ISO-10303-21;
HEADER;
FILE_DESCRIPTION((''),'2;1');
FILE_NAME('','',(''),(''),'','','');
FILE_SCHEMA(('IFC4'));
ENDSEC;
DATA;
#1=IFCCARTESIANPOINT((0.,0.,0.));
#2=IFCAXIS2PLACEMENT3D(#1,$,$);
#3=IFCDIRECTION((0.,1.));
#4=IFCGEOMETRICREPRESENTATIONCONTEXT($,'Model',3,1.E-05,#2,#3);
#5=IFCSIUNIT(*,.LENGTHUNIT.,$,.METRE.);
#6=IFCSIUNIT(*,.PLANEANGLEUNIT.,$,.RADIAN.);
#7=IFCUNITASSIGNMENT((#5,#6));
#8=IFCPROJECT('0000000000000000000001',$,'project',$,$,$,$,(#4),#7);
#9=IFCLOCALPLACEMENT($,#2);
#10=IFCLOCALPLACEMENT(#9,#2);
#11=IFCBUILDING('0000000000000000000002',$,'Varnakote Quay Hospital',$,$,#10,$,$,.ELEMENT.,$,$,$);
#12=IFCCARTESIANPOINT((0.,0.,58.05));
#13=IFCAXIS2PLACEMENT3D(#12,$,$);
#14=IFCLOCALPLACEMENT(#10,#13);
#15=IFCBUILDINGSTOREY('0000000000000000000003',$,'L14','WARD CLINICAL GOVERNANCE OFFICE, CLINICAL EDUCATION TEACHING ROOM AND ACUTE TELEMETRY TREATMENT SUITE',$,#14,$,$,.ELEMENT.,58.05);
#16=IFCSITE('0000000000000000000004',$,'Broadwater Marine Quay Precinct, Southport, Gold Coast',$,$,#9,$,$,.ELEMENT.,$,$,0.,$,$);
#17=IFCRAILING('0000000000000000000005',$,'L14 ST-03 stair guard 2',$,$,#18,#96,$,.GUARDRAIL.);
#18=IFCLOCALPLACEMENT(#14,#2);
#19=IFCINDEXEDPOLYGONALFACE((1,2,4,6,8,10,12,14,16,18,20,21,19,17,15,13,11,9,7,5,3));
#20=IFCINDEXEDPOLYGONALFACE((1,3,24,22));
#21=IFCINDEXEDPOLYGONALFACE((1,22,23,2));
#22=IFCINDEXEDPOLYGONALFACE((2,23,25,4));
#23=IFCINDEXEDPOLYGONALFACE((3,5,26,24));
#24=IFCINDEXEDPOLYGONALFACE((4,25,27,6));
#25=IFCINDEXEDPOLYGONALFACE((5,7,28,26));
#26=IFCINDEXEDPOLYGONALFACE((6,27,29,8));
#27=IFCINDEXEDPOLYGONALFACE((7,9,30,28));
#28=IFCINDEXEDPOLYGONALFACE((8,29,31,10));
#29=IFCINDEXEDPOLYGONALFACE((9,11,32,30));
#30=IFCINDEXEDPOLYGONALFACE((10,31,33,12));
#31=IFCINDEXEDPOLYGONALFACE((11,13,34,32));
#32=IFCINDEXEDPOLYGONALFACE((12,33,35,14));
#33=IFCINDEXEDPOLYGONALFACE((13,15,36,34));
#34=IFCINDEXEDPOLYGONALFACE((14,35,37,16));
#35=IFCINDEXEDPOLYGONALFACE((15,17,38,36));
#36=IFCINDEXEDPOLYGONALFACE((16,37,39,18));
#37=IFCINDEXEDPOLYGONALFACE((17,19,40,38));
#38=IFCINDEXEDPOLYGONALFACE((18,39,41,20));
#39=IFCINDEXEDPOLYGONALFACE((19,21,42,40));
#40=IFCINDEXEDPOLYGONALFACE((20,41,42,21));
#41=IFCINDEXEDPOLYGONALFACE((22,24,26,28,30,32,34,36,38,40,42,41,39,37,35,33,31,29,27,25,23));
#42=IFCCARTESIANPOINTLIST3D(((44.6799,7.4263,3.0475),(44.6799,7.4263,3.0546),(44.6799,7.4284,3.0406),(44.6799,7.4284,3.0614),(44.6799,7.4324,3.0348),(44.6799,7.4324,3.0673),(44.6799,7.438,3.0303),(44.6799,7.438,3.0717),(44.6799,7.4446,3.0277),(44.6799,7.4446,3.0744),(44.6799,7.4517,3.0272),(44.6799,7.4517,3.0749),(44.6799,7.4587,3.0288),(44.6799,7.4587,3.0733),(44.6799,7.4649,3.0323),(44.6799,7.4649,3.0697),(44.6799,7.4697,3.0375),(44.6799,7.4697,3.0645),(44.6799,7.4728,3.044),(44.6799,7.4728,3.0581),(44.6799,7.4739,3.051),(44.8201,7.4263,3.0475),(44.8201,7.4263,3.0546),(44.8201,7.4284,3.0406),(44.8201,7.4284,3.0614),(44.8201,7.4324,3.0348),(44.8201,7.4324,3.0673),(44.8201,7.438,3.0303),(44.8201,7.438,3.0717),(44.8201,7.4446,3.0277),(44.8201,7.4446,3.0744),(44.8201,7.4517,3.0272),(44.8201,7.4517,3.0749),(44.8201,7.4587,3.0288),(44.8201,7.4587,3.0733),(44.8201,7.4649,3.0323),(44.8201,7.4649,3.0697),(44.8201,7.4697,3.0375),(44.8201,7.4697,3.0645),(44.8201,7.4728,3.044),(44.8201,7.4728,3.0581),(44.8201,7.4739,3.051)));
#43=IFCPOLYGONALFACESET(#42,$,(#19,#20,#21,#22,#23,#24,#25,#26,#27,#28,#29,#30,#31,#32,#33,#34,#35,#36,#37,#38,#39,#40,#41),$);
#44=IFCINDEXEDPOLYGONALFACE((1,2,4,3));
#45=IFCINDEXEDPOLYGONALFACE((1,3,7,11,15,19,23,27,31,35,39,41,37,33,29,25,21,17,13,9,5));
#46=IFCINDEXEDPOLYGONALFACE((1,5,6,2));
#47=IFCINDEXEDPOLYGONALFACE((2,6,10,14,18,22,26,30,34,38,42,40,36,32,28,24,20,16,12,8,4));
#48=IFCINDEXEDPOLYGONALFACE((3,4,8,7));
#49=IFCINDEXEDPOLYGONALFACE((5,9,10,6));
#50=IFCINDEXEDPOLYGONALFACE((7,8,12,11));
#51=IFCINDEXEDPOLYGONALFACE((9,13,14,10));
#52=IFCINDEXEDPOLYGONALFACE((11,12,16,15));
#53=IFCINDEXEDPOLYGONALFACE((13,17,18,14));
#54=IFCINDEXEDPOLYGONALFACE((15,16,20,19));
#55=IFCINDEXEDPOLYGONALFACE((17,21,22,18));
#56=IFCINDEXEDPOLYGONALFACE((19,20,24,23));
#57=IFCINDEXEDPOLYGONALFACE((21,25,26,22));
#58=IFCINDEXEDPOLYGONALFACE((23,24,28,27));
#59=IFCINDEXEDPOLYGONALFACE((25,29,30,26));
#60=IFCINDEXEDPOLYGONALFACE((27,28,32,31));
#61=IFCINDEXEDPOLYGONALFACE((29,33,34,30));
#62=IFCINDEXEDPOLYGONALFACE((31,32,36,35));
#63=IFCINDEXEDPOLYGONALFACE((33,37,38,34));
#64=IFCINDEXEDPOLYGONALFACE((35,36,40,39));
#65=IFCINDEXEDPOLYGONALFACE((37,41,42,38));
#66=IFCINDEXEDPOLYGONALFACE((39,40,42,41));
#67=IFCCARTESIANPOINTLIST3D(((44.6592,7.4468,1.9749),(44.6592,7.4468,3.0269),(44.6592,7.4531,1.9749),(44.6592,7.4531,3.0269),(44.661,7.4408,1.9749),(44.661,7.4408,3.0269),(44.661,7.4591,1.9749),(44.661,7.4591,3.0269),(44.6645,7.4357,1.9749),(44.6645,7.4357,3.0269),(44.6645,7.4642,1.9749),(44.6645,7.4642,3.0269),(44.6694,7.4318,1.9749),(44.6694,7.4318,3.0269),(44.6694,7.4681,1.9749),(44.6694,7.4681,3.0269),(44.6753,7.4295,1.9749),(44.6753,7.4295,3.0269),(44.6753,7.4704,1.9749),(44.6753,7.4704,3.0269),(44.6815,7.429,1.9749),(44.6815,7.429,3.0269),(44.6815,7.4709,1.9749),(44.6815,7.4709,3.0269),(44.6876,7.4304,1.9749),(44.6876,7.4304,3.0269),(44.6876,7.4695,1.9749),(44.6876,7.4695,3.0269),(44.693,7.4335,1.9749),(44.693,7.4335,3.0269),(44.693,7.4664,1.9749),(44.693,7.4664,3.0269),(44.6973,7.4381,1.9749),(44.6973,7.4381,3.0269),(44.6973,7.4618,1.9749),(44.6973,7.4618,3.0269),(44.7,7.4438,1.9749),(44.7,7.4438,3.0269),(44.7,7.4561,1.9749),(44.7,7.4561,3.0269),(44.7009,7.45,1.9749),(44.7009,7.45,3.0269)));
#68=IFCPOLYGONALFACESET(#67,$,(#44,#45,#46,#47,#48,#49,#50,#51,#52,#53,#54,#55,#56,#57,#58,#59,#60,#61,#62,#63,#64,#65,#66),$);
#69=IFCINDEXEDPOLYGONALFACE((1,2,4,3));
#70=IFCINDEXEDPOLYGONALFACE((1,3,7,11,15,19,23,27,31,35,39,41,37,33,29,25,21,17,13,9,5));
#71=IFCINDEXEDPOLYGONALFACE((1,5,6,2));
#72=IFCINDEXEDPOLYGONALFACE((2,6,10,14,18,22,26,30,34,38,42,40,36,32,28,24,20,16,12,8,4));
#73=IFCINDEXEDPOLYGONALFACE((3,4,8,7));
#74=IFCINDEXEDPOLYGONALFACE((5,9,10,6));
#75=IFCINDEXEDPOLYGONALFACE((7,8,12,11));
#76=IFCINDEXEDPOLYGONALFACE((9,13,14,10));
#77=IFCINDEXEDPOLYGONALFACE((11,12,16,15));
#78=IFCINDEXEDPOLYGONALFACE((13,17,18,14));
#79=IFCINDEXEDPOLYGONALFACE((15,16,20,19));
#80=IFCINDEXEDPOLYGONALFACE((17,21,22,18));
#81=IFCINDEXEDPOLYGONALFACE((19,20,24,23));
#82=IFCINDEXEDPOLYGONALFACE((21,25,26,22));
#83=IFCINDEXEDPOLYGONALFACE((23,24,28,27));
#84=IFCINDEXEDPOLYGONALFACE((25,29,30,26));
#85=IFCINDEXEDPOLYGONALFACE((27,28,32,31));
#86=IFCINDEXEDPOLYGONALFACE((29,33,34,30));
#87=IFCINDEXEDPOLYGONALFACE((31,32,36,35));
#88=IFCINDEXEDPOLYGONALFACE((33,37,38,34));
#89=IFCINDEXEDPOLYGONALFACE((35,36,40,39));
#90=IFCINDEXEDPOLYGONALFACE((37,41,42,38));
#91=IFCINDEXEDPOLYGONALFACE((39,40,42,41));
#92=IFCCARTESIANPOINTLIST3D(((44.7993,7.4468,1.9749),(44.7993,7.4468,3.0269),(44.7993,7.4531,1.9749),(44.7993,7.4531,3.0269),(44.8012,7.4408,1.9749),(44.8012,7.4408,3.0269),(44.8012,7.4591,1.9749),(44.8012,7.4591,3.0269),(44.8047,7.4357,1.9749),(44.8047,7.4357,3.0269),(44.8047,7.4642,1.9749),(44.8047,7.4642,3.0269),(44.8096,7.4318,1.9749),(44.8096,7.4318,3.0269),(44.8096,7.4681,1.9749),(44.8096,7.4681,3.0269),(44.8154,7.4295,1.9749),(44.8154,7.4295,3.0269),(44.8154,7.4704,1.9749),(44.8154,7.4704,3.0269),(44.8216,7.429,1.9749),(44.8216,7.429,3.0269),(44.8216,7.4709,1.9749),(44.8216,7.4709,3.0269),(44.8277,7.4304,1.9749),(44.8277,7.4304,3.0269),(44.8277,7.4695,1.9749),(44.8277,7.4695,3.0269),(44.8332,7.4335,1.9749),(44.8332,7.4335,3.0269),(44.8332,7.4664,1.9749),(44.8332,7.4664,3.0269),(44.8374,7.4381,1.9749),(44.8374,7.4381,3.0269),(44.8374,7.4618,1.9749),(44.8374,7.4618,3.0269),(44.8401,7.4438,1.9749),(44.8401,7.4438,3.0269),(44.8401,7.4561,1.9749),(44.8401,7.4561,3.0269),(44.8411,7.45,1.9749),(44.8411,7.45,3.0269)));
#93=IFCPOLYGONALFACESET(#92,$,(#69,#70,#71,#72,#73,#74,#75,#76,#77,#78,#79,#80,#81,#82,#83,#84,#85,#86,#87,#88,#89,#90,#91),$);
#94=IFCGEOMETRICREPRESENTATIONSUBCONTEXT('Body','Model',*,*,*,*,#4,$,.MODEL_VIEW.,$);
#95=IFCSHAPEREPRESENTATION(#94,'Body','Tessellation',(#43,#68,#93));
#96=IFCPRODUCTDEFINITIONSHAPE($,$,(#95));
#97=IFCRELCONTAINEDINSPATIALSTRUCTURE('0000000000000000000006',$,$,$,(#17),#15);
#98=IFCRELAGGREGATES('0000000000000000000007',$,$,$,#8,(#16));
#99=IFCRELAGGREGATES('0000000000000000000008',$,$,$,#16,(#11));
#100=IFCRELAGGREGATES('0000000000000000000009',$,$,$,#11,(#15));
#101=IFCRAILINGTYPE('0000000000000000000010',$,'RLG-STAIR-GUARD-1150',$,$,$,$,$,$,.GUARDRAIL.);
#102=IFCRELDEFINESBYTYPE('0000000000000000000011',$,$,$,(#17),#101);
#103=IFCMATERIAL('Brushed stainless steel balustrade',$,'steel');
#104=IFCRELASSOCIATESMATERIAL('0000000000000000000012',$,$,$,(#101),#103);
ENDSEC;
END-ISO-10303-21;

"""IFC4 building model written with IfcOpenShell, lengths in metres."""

from ifc_helpers import new_model, si_unit, direction, frame, origin, origin_2d, place, context, subcontext, project, spatial, circle, extrude, material, type_object, element, save


model = new_model("IFC4")

# Units and contexts
model_context = context("Model", 3, precision=1e-05, world=origin(), true_north=direction((0.0, 1.0)))
body_context = subcontext(model_context, "Body", "Model", "MODEL_VIEW")
ifc_project = project(units=[si_unit("LENGTHUNIT", "METRE"), si_unit("PLANEANGLEUNIT", "RADIAN")], contexts=[model_context])

# Site, building, storey
site_placement = place(None, origin())
site = spatial("IfcSite", under=ifc_project, at=site_placement, Name="Broadwater Marine Quay Precinct, Southport, Gold Coast", CompositionType="ELEMENT", RefElevation=0.0)
building_placement = place(site_placement, origin())
building = spatial("IfcBuilding", under=site, at=building_placement, Name="Varnakote Quay Hospital", CompositionType="ELEMENT")
storey_placement = place(building_placement, frame((0.0, 0.0, 58.05)))
storey = spatial("IfcBuildingStorey", under=building, at=storey_placement, Name="L14", Description="WARD CLINICAL GOVERNANCE OFFICE, CLINICAL EDUCATION TEACHING ROOM AND ACUTE TELEMETRY TREATMENT SUITE", CompositionType="ELEMENT", Elevation=58.05)

# Railing
ifc_material_1 = material(Name="Brushed stainless steel balustrade", Category="steel")
railing_type_1 = type_object("IfcRailingType", Name="RLG-STAIR-GUARD-1150", PredefinedType="GUARDRAIL", material=ifc_material_1)
railing_1_placement = place(storey_placement, frame((44.6799, 7.45, 1.9749)))
element("IfcRailing", 1, at=railing_1_placement, inside=storey, type_object=railing_type_1, Name="L14 ST-03 stair guard 2", PredefinedType="GUARDRAIL", context=body_context, shape_type="SweptSolid", body=[
    extrude(circle(Radius=0.0239, at=origin_2d()), frame((0.0, 0.0, 1.0762), z_axis=(1.0, 0.0, 0.0), x_axis=(0.0, 1.0, 0.0)), (0.0, 0.0, 1.0), 0.1401),
    extrude(circle(Radius=0.021, at=origin_2d()), origin(), (0.0, 0.0, 1.0), 1.052),
    extrude(circle(Radius=0.021, at=origin_2d()), frame((0.1401, 0.0, 0.0)), (0.0, 0.0, 1.0), 1.052),
])

save(model, "model.ifc")
